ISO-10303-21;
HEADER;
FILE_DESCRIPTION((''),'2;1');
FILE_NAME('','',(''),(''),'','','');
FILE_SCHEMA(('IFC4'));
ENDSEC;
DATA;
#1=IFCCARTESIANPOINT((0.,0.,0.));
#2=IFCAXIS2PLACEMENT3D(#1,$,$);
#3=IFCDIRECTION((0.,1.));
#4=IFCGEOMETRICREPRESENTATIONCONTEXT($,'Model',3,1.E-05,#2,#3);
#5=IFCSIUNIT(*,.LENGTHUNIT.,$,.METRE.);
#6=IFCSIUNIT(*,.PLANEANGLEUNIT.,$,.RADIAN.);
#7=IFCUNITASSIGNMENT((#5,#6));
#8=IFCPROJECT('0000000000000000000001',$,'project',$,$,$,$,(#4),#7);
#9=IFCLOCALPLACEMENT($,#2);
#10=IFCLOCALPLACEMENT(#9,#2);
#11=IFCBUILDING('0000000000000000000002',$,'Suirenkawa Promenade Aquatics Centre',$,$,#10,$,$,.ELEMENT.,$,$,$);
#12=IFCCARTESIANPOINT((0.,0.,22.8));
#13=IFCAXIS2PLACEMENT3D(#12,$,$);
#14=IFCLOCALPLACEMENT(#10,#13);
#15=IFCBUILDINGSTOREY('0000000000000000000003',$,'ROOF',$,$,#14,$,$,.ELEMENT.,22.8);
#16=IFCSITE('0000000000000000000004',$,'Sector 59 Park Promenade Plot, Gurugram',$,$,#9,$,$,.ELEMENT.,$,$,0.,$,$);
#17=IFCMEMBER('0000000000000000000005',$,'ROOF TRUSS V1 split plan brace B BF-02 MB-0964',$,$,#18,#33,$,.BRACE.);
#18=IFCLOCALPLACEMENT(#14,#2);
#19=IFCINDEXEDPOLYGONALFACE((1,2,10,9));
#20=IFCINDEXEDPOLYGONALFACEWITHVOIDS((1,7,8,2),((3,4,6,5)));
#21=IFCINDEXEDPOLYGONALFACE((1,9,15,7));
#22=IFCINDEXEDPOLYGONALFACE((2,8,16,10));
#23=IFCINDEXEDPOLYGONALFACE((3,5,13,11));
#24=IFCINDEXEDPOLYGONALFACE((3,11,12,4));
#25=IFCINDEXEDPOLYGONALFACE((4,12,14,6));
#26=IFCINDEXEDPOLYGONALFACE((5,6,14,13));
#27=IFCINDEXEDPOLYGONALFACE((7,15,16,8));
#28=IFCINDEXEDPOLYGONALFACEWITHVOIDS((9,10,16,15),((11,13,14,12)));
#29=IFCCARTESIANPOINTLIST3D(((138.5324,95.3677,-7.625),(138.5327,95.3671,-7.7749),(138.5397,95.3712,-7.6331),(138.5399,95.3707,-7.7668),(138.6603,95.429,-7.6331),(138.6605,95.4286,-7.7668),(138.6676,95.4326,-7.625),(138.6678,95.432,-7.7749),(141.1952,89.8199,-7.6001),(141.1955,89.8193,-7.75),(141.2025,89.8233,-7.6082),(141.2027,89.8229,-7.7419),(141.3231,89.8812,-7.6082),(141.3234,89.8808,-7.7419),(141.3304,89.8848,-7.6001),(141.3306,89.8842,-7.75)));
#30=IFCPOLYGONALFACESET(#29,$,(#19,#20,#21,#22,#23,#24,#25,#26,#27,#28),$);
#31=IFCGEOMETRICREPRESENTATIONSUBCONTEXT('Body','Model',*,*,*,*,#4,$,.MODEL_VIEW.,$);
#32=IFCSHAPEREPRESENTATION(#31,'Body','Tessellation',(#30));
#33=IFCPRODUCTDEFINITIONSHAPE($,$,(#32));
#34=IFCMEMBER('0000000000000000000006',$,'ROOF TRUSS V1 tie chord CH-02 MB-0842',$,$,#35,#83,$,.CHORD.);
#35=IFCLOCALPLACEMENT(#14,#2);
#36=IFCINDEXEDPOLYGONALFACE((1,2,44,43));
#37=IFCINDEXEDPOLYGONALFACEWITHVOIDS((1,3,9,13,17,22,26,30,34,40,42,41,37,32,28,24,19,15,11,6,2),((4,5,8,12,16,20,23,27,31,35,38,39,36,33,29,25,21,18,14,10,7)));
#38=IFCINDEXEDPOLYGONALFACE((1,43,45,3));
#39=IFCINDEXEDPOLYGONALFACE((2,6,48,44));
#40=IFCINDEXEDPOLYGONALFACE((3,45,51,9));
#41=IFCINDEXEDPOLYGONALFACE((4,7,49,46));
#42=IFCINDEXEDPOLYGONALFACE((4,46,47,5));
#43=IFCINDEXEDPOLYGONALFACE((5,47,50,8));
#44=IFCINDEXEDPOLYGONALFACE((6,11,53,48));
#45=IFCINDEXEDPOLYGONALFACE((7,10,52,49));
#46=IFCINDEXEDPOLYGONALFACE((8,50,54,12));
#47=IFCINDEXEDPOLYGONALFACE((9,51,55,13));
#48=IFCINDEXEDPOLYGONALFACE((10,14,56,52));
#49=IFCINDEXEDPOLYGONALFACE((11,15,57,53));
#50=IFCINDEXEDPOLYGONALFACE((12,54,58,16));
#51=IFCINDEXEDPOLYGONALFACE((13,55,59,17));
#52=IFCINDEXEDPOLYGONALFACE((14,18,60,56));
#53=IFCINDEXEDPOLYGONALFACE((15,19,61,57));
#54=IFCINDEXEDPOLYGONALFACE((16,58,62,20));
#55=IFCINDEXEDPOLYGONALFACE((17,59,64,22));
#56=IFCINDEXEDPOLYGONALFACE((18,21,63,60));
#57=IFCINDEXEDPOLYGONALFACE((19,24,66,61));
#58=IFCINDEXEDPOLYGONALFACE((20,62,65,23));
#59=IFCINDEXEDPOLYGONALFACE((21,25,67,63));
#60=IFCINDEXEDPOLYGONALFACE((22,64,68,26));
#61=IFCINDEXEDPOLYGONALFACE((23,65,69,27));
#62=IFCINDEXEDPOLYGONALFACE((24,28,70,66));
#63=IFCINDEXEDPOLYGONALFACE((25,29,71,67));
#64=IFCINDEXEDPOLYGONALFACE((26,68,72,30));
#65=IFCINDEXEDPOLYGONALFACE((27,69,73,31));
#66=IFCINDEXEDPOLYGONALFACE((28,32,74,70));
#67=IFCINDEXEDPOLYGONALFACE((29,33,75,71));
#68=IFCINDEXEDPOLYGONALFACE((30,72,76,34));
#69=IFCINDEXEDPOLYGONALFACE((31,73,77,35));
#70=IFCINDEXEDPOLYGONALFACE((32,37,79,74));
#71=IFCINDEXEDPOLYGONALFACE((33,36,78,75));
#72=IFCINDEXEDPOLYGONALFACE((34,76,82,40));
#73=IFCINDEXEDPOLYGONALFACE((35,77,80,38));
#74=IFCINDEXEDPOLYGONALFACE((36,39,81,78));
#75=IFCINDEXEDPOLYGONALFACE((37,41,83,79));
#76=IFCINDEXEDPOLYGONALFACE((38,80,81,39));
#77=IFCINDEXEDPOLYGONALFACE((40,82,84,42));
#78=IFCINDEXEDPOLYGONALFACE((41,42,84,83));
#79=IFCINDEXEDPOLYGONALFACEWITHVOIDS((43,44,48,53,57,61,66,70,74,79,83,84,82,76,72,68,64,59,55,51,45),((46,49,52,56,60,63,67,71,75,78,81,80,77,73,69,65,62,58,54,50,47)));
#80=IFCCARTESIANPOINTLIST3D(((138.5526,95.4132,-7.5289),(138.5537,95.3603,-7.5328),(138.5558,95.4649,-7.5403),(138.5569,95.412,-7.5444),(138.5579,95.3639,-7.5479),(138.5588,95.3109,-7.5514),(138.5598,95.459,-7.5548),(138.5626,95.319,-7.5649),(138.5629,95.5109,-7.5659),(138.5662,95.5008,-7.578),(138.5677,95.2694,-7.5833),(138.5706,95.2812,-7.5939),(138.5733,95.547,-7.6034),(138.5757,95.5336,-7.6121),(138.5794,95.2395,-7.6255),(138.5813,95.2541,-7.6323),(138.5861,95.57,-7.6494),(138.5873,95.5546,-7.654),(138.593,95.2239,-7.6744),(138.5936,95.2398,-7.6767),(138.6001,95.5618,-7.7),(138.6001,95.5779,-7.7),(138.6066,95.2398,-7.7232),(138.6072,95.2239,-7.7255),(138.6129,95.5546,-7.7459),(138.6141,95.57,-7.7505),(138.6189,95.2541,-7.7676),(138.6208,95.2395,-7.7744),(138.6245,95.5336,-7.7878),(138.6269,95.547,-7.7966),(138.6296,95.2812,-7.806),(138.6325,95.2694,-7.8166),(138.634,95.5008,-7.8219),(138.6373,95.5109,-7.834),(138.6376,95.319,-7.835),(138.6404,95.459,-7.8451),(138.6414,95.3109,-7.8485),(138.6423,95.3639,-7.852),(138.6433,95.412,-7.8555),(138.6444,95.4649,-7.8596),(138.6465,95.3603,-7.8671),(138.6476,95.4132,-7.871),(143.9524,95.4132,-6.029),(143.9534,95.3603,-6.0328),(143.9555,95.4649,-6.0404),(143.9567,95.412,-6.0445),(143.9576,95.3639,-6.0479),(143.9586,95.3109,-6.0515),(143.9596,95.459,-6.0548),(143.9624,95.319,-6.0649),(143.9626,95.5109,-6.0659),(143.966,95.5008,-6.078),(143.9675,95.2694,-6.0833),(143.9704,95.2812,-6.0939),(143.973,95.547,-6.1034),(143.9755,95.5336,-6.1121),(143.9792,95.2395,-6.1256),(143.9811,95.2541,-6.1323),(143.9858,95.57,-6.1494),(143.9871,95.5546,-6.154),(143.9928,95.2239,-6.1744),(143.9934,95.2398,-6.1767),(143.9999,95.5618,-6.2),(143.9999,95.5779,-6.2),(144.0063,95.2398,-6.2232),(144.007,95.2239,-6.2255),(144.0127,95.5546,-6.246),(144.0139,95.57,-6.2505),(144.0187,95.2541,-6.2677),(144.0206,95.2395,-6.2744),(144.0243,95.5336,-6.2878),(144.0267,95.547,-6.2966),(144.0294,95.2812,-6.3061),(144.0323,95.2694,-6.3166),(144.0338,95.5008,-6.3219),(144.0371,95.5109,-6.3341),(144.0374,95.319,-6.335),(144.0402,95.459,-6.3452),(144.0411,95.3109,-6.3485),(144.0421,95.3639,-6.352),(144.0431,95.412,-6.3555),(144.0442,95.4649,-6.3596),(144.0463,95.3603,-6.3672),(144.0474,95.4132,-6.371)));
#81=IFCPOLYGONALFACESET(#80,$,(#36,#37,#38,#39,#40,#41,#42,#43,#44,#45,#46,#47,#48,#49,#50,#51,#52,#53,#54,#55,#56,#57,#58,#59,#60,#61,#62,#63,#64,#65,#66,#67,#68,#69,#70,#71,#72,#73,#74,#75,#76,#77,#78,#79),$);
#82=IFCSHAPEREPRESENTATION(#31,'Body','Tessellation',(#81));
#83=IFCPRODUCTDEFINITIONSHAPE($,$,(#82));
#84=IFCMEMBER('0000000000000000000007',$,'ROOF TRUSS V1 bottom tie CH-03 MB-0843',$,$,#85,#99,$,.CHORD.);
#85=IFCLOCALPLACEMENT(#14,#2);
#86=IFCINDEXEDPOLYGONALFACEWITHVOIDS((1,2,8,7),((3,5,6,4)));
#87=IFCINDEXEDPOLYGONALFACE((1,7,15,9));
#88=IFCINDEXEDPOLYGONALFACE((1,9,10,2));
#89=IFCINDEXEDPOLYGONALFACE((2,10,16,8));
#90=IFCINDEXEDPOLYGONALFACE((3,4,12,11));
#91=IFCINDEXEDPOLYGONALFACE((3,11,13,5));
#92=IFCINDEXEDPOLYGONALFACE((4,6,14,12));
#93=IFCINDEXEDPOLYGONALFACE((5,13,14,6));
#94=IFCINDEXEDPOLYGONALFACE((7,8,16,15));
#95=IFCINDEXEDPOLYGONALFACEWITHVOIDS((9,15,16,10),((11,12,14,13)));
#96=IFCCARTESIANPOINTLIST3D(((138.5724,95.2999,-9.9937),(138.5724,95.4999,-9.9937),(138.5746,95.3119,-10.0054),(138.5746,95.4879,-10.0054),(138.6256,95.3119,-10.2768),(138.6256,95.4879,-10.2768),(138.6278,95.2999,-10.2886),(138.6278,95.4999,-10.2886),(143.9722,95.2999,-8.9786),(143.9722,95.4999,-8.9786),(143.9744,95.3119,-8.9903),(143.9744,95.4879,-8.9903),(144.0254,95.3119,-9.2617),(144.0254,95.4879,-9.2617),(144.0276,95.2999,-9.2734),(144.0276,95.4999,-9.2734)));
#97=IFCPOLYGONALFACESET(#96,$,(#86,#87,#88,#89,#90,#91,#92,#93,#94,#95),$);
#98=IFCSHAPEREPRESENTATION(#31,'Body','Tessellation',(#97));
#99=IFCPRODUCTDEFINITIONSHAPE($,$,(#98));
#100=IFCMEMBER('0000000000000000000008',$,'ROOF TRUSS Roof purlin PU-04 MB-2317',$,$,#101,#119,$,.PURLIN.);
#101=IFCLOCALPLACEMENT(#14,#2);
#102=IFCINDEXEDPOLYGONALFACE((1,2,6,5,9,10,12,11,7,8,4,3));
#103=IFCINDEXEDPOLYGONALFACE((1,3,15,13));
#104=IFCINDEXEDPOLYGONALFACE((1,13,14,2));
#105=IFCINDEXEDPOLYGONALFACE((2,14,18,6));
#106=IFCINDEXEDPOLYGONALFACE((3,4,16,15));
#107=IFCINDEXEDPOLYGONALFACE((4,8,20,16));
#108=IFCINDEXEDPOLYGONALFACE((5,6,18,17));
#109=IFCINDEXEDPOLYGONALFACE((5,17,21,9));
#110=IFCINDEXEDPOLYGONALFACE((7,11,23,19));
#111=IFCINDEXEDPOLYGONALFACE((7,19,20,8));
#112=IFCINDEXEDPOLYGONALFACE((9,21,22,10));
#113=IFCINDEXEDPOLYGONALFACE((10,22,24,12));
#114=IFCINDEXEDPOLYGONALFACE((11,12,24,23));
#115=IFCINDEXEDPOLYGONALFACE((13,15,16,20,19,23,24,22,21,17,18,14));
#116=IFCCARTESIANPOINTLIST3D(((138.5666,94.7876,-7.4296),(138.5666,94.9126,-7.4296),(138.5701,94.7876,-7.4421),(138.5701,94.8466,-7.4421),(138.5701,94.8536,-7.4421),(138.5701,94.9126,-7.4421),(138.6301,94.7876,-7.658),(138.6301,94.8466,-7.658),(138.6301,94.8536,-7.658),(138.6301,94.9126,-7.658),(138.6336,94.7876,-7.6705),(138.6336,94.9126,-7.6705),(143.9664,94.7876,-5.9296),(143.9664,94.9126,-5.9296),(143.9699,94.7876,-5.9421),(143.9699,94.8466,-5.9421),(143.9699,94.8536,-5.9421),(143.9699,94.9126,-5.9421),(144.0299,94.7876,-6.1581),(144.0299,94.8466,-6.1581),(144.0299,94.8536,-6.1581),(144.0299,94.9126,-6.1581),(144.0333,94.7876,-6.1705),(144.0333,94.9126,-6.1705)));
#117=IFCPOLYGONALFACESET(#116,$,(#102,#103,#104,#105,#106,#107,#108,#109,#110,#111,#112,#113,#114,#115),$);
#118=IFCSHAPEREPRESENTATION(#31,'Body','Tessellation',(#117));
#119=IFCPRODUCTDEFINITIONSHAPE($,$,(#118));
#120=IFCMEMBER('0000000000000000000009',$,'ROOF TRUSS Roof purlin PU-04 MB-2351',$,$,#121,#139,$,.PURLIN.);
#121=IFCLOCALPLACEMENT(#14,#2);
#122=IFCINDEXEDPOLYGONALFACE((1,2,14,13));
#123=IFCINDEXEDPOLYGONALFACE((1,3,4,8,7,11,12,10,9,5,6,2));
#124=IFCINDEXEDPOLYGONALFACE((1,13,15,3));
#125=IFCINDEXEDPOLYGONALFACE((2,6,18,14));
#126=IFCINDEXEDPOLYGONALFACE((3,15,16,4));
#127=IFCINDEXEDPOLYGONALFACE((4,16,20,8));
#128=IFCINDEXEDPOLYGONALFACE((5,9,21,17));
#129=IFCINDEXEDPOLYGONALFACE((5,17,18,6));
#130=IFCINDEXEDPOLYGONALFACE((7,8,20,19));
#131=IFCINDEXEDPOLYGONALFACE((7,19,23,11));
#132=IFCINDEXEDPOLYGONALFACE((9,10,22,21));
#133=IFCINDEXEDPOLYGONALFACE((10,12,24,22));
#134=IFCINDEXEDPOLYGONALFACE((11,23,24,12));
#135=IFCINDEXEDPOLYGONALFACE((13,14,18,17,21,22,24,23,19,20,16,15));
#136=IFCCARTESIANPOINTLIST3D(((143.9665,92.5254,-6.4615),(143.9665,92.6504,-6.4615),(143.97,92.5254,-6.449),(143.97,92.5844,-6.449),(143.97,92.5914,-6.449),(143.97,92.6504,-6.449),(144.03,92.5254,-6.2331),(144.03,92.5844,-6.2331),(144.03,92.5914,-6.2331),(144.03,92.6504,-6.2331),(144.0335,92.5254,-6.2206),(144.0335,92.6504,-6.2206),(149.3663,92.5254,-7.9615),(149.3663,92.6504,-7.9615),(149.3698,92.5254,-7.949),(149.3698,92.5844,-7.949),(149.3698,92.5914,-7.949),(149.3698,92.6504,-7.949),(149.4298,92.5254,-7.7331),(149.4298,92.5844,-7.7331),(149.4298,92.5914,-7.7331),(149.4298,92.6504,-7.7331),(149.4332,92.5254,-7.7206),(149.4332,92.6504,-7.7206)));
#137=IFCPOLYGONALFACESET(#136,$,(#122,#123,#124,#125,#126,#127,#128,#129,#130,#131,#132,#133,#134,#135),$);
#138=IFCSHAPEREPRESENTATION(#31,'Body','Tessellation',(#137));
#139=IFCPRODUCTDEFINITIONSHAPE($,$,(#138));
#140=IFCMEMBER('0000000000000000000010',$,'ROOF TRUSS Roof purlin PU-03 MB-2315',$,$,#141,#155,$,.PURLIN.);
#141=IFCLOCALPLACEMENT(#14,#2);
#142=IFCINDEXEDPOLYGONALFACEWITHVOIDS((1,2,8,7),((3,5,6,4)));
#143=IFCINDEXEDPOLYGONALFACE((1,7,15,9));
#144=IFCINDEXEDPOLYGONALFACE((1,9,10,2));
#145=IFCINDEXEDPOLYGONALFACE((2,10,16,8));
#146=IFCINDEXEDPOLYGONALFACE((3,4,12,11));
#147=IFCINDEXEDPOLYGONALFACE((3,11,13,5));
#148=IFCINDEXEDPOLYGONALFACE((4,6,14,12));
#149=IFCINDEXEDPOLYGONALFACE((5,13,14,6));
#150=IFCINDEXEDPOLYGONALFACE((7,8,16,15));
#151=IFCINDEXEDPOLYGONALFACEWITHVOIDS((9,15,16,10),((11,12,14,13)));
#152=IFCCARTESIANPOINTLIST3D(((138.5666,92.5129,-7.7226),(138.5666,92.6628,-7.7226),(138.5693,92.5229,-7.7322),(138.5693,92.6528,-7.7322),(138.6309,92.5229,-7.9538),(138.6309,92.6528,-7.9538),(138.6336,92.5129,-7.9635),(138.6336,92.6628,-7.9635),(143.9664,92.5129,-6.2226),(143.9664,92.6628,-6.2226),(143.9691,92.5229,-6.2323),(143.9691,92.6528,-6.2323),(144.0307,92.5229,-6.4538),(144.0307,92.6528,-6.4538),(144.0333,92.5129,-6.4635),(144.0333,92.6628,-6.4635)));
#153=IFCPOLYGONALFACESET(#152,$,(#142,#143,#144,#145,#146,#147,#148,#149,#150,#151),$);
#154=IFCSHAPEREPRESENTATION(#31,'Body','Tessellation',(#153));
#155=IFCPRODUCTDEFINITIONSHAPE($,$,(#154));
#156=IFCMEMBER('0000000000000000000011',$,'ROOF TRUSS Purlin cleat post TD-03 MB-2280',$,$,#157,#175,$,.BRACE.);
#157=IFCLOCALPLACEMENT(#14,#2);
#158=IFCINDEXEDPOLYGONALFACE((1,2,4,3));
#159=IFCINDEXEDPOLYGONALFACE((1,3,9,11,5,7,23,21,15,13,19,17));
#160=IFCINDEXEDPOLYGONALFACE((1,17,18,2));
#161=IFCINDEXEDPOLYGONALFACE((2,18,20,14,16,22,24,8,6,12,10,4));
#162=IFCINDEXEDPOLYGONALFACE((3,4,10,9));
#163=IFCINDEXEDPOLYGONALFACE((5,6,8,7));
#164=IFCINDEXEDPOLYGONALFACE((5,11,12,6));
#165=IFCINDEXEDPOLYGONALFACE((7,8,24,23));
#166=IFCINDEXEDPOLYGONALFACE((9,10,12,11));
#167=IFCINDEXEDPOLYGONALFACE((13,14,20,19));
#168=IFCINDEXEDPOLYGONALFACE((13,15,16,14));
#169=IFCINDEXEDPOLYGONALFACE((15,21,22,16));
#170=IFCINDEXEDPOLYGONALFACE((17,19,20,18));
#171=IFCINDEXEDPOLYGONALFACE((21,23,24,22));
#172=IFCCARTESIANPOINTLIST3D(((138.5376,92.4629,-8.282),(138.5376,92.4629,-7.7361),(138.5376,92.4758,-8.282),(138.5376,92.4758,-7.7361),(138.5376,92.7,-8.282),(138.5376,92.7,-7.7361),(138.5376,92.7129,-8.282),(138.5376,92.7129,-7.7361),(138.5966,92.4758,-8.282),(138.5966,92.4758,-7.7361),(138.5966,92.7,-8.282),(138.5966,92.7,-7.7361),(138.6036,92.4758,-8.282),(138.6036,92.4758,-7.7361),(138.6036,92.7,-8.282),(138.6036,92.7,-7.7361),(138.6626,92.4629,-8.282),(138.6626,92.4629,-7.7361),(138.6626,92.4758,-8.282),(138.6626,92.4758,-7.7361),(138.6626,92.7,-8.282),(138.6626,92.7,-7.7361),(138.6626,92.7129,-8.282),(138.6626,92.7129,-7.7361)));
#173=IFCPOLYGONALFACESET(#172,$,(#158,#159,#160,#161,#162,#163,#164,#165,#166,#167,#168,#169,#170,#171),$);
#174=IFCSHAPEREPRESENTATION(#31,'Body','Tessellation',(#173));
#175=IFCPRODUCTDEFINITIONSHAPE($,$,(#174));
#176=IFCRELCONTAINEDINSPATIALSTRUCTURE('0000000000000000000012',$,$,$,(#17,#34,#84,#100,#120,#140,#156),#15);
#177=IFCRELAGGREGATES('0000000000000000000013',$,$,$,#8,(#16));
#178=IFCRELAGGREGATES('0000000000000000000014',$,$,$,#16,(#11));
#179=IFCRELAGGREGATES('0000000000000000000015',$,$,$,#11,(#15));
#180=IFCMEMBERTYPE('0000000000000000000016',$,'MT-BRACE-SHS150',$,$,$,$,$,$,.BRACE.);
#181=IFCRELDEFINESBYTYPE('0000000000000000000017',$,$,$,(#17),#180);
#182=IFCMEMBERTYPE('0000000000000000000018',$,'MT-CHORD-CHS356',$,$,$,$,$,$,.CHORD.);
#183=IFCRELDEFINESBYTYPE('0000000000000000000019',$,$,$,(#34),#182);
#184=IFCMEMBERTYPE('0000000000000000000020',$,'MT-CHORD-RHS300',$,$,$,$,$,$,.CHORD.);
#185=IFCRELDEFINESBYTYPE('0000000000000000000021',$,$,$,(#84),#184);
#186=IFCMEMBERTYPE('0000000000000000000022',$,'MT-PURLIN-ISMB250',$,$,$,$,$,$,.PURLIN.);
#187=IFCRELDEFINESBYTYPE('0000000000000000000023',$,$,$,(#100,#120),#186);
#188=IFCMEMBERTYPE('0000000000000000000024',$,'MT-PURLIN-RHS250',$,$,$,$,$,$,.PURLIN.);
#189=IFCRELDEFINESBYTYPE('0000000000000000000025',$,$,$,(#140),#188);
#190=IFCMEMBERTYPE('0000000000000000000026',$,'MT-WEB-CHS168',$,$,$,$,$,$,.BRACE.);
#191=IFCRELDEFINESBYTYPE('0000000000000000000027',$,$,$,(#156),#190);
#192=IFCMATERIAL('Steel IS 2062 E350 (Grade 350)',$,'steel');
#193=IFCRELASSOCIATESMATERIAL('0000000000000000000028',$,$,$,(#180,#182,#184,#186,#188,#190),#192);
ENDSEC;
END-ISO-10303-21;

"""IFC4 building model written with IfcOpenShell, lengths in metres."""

from ifc_helpers import new_model, si_unit, direction, frame, origin, origin_2d, place, context, subcontext, project, spatial, hollow_rectangle, hollow_circle, i_section, extrude, material, material_profile, profile_set, type_object, element, save


model = new_model("IFC4")

# Units and contexts
model_context = context("Model", 3, precision=1e-05, world=origin(), true_north=direction((0.0, 1.0)))
body_context = subcontext(model_context, "Body", "Model", "MODEL_VIEW")
ifc_project = project(units=[si_unit("LENGTHUNIT", "METRE"), si_unit("PLANEANGLEUNIT", "RADIAN")], contexts=[model_context])

# Site, building, storey
site_placement = place(None, origin())
site = spatial("IfcSite", under=ifc_project, at=site_placement, Name="Sector 59 Park Promenade Plot, Gurugram", CompositionType="ELEMENT", RefElevation=0.0)
building_placement = place(site_placement, origin())
building = spatial("IfcBuilding", under=site, at=building_placement, Name="Suirenkawa Promenade Aquatics Centre", CompositionType="ELEMENT")
storey_placement = place(building_placement, frame((0.0, 0.0, 22.8)))
storey = spatial("IfcBuildingStorey", under=building, at=storey_placement, Name="ROOF", CompositionType="ELEMENT", Elevation=22.8)

# Shared definitions
ifc_material = material(Name="Steel IS 2062 E350 (Grade 350)", Category="steel")

# Members
ifc_material_profile_1 = material_profile(ifc_material, hollow_rectangle(XDim=0.1499, YDim=0.1499, WallThickness=0.0081, at=origin_2d()), Name="SHS 150x150x8", Category="steel")
ifc_profile_set_1 = profile_set([ifc_material_profile_1], Name="Steel IS 2062 E350 (Grade 350)")
member_type_1 = type_object("IfcMemberType", Name="MT-BRACE-SHS150", PredefinedType="BRACE", material=ifc_profile_set_1)
member_1_placement = place(storey_placement, frame((141.2629, 89.8521, -7.675), z_axis=(-0.432711, 0.901524, -0.004047), x_axis=(-0.901531, -0.432714, 0.0)))
element("IfcMember", 1, at=member_1_placement, inside=storey, type_object=member_type_1, Name="ROOF TRUSS V1 split plan brace B BF-02 MB-0964", PredefinedType="BRACE", context=body_context, shape_type="SweptSolid", body=[
    extrude(hollow_rectangle(XDim=0.1499, YDim=0.1499, WallThickness=0.0081, at=origin_2d()), origin(), (0.0, 0.0, 1.0), 6.1538),
])
ifc_material_profile_2 = material_profile(ifc_material, hollow_circle(Radius=0.178, WallThickness=0.0161, at=origin_2d()), Name="CHS 356x16", Category="steel")
ifc_profile_set_2 = profile_set([ifc_material_profile_2], Name="Steel IS 2062 E350 (Grade 350)")
member_type_2 = type_object("IfcMemberType", Name="MT-CHORD-CHS356", PredefinedType="CHORD", material=ifc_profile_set_2)
member_2_placement = place(storey_placement, frame((138.6001, 95.3999, -7.7), z_axis=(0.963517, 0.0, 0.267648), x_axis=(0.0, 1.0, 0.0)))
element("IfcMember", 2, at=member_2_placement, inside=storey, type_object=member_type_2, Name="ROOF TRUSS V1 tie chord CH-02 MB-0842", PredefinedType="CHORD", context=body_context, shape_type="SweptSolid", body=[
    extrude(hollow_circle(Radius=0.178, WallThickness=0.0161, at=origin_2d()), origin(), (0.0, 0.0, 1.0), 5.6042),
])
ifc_material_profile_3 = material_profile(ifc_material, hollow_rectangle(XDim=0.2, YDim=0.3, WallThickness=0.012, at=origin_2d()), Name="RHS 300x200x12", Category="steel")
ifc_profile_set_3 = profile_set([ifc_material_profile_3], Name="Steel IS 2062 E350 (Grade 350)")
member_type_3 = type_object("IfcMemberType", Name="MT-CHORD-RHS300", PredefinedType="CHORD", material=ifc_profile_set_3)
member_3_placement = place(storey_placement, frame((138.6001, 95.3999, -10.1411), z_axis=(0.982785, 0.0, 0.184755), x_axis=(0.0, 1.0, 0.0)))
element("IfcMember", 3, at=member_3_placement, inside=storey, type_object=member_type_3, Name="ROOF TRUSS V1 bottom tie CH-03 MB-0843", PredefinedType="CHORD", context=body_context, shape_type="SweptSolid", body=[
    extrude(hollow_rectangle(XDim=0.2, YDim=0.3, WallThickness=0.012, at=origin_2d()), origin(), (0.0, 0.0, 1.0), 5.4944),
])
ifc_material_profile_4 = material_profile(ifc_material, i_section(OverallWidth=0.125, OverallDepth=0.25, WebThickness=0.0071, FlangeThickness=0.0129, at=origin_2d()), Name="ISMB 250", Category="steel")
ifc_profile_set_4 = profile_set([ifc_material_profile_4], Name="Steel IS 2062 E350 (Grade 350)")
member_type_4 = type_object("IfcMemberType", Name="MT-PURLIN-ISMB250", PredefinedType="PURLIN", material=ifc_profile_set_4)
for number, where, z_axis, x_axis, name in (
    (4, (138.6001, 94.8501, -7.55), (0.963517, 0.0, 0.267648), (0.0, 1.0, 0.0), "ROOF TRUSS Roof purlin PU-04 MB-2317"),
    (5, (144.0, 92.5879, -6.3411), (0.963517, 0.0, -0.267648), (0.0, 1.0, 0.0), "ROOF TRUSS Roof purlin PU-04 MB-2351"),
):
    element("IfcMember", number, at=place(storey_placement, frame(where, z_axis=z_axis, x_axis=x_axis)), inside=storey, type_object=member_type_4, Name=name, PredefinedType="PURLIN", context=body_context, shape_type="SweptSolid", body=[
        extrude(i_section(OverallWidth=0.125, OverallDepth=0.25, WebThickness=0.0071, FlangeThickness=0.0129, at=origin_2d()), origin(), (0.0, 0.0, 1.0), 5.6042),
    ])
ifc_material_profile_5 = material_profile(ifc_material, hollow_rectangle(XDim=0.1499, YDim=0.25, WallThickness=0.01, at=origin_2d()), Name="RHS 250x150x10", Category="steel")
ifc_profile_set_5 = profile_set([ifc_material_profile_5], Name="Steel IS 2062 E350 (Grade 350)")
member_type_5 = type_object("IfcMemberType", Name="MT-PURLIN-RHS250", PredefinedType="PURLIN", material=ifc_profile_set_5)
member_4_placement = place(storey_placement, frame((138.6001, 92.5879, -7.843), z_axis=(0.963517, 0.0, 0.267648), x_axis=(0.0, 1.0, 0.0)))
element("IfcMember", 6, at=member_4_placement, inside=storey, type_object=member_type_5, Name="ROOF TRUSS Roof purlin PU-03 MB-2315", PredefinedType="PURLIN", context=body_context, shape_type="SweptSolid", body=[
    extrude(hollow_rectangle(XDim=0.1499, YDim=0.25, WallThickness=0.01, at=origin_2d()), origin(), (0.0, 0.0, 1.0), 5.6042),
])
ifc_material_profile_6 = material_profile(ifc_material, i_section(OverallWidth=0.125, OverallDepth=0.25, WebThickness=0.0071, FlangeThickness=0.0129, at=origin_2d()), Name="ISMB 250", Category="steel")
ifc_profile_set_6 = profile_set([ifc_material_profile_6], Name="Steel IS 2062 E350 (Grade 350)")
member_type_6 = type_object("IfcMemberType", Name="MT-WEB-CHS168", PredefinedType="BRACE", material=ifc_profile_set_6)
member_5_placement = place(storey_placement, frame((138.6001, 92.5879, -8.282), z_axis=(0.0, 0.0, 1.0), x_axis=(1.0, 0.0, 0.0)))
element("IfcMember", 7, at=member_5_placement, inside=storey, type_object=member_type_6, Name="ROOF TRUSS Purlin cleat post TD-03 MB-2280", PredefinedType="BRACE", context=body_context, shape_type="SweptSolid", body=[
    extrude(i_section(OverallWidth=0.125, OverallDepth=0.25, WebThickness=0.0071, FlangeThickness=0.0129, at=origin_2d()), origin(), (0.0, 0.0, 1.0), 0.5459),
])

save(model, "model.ifc")
